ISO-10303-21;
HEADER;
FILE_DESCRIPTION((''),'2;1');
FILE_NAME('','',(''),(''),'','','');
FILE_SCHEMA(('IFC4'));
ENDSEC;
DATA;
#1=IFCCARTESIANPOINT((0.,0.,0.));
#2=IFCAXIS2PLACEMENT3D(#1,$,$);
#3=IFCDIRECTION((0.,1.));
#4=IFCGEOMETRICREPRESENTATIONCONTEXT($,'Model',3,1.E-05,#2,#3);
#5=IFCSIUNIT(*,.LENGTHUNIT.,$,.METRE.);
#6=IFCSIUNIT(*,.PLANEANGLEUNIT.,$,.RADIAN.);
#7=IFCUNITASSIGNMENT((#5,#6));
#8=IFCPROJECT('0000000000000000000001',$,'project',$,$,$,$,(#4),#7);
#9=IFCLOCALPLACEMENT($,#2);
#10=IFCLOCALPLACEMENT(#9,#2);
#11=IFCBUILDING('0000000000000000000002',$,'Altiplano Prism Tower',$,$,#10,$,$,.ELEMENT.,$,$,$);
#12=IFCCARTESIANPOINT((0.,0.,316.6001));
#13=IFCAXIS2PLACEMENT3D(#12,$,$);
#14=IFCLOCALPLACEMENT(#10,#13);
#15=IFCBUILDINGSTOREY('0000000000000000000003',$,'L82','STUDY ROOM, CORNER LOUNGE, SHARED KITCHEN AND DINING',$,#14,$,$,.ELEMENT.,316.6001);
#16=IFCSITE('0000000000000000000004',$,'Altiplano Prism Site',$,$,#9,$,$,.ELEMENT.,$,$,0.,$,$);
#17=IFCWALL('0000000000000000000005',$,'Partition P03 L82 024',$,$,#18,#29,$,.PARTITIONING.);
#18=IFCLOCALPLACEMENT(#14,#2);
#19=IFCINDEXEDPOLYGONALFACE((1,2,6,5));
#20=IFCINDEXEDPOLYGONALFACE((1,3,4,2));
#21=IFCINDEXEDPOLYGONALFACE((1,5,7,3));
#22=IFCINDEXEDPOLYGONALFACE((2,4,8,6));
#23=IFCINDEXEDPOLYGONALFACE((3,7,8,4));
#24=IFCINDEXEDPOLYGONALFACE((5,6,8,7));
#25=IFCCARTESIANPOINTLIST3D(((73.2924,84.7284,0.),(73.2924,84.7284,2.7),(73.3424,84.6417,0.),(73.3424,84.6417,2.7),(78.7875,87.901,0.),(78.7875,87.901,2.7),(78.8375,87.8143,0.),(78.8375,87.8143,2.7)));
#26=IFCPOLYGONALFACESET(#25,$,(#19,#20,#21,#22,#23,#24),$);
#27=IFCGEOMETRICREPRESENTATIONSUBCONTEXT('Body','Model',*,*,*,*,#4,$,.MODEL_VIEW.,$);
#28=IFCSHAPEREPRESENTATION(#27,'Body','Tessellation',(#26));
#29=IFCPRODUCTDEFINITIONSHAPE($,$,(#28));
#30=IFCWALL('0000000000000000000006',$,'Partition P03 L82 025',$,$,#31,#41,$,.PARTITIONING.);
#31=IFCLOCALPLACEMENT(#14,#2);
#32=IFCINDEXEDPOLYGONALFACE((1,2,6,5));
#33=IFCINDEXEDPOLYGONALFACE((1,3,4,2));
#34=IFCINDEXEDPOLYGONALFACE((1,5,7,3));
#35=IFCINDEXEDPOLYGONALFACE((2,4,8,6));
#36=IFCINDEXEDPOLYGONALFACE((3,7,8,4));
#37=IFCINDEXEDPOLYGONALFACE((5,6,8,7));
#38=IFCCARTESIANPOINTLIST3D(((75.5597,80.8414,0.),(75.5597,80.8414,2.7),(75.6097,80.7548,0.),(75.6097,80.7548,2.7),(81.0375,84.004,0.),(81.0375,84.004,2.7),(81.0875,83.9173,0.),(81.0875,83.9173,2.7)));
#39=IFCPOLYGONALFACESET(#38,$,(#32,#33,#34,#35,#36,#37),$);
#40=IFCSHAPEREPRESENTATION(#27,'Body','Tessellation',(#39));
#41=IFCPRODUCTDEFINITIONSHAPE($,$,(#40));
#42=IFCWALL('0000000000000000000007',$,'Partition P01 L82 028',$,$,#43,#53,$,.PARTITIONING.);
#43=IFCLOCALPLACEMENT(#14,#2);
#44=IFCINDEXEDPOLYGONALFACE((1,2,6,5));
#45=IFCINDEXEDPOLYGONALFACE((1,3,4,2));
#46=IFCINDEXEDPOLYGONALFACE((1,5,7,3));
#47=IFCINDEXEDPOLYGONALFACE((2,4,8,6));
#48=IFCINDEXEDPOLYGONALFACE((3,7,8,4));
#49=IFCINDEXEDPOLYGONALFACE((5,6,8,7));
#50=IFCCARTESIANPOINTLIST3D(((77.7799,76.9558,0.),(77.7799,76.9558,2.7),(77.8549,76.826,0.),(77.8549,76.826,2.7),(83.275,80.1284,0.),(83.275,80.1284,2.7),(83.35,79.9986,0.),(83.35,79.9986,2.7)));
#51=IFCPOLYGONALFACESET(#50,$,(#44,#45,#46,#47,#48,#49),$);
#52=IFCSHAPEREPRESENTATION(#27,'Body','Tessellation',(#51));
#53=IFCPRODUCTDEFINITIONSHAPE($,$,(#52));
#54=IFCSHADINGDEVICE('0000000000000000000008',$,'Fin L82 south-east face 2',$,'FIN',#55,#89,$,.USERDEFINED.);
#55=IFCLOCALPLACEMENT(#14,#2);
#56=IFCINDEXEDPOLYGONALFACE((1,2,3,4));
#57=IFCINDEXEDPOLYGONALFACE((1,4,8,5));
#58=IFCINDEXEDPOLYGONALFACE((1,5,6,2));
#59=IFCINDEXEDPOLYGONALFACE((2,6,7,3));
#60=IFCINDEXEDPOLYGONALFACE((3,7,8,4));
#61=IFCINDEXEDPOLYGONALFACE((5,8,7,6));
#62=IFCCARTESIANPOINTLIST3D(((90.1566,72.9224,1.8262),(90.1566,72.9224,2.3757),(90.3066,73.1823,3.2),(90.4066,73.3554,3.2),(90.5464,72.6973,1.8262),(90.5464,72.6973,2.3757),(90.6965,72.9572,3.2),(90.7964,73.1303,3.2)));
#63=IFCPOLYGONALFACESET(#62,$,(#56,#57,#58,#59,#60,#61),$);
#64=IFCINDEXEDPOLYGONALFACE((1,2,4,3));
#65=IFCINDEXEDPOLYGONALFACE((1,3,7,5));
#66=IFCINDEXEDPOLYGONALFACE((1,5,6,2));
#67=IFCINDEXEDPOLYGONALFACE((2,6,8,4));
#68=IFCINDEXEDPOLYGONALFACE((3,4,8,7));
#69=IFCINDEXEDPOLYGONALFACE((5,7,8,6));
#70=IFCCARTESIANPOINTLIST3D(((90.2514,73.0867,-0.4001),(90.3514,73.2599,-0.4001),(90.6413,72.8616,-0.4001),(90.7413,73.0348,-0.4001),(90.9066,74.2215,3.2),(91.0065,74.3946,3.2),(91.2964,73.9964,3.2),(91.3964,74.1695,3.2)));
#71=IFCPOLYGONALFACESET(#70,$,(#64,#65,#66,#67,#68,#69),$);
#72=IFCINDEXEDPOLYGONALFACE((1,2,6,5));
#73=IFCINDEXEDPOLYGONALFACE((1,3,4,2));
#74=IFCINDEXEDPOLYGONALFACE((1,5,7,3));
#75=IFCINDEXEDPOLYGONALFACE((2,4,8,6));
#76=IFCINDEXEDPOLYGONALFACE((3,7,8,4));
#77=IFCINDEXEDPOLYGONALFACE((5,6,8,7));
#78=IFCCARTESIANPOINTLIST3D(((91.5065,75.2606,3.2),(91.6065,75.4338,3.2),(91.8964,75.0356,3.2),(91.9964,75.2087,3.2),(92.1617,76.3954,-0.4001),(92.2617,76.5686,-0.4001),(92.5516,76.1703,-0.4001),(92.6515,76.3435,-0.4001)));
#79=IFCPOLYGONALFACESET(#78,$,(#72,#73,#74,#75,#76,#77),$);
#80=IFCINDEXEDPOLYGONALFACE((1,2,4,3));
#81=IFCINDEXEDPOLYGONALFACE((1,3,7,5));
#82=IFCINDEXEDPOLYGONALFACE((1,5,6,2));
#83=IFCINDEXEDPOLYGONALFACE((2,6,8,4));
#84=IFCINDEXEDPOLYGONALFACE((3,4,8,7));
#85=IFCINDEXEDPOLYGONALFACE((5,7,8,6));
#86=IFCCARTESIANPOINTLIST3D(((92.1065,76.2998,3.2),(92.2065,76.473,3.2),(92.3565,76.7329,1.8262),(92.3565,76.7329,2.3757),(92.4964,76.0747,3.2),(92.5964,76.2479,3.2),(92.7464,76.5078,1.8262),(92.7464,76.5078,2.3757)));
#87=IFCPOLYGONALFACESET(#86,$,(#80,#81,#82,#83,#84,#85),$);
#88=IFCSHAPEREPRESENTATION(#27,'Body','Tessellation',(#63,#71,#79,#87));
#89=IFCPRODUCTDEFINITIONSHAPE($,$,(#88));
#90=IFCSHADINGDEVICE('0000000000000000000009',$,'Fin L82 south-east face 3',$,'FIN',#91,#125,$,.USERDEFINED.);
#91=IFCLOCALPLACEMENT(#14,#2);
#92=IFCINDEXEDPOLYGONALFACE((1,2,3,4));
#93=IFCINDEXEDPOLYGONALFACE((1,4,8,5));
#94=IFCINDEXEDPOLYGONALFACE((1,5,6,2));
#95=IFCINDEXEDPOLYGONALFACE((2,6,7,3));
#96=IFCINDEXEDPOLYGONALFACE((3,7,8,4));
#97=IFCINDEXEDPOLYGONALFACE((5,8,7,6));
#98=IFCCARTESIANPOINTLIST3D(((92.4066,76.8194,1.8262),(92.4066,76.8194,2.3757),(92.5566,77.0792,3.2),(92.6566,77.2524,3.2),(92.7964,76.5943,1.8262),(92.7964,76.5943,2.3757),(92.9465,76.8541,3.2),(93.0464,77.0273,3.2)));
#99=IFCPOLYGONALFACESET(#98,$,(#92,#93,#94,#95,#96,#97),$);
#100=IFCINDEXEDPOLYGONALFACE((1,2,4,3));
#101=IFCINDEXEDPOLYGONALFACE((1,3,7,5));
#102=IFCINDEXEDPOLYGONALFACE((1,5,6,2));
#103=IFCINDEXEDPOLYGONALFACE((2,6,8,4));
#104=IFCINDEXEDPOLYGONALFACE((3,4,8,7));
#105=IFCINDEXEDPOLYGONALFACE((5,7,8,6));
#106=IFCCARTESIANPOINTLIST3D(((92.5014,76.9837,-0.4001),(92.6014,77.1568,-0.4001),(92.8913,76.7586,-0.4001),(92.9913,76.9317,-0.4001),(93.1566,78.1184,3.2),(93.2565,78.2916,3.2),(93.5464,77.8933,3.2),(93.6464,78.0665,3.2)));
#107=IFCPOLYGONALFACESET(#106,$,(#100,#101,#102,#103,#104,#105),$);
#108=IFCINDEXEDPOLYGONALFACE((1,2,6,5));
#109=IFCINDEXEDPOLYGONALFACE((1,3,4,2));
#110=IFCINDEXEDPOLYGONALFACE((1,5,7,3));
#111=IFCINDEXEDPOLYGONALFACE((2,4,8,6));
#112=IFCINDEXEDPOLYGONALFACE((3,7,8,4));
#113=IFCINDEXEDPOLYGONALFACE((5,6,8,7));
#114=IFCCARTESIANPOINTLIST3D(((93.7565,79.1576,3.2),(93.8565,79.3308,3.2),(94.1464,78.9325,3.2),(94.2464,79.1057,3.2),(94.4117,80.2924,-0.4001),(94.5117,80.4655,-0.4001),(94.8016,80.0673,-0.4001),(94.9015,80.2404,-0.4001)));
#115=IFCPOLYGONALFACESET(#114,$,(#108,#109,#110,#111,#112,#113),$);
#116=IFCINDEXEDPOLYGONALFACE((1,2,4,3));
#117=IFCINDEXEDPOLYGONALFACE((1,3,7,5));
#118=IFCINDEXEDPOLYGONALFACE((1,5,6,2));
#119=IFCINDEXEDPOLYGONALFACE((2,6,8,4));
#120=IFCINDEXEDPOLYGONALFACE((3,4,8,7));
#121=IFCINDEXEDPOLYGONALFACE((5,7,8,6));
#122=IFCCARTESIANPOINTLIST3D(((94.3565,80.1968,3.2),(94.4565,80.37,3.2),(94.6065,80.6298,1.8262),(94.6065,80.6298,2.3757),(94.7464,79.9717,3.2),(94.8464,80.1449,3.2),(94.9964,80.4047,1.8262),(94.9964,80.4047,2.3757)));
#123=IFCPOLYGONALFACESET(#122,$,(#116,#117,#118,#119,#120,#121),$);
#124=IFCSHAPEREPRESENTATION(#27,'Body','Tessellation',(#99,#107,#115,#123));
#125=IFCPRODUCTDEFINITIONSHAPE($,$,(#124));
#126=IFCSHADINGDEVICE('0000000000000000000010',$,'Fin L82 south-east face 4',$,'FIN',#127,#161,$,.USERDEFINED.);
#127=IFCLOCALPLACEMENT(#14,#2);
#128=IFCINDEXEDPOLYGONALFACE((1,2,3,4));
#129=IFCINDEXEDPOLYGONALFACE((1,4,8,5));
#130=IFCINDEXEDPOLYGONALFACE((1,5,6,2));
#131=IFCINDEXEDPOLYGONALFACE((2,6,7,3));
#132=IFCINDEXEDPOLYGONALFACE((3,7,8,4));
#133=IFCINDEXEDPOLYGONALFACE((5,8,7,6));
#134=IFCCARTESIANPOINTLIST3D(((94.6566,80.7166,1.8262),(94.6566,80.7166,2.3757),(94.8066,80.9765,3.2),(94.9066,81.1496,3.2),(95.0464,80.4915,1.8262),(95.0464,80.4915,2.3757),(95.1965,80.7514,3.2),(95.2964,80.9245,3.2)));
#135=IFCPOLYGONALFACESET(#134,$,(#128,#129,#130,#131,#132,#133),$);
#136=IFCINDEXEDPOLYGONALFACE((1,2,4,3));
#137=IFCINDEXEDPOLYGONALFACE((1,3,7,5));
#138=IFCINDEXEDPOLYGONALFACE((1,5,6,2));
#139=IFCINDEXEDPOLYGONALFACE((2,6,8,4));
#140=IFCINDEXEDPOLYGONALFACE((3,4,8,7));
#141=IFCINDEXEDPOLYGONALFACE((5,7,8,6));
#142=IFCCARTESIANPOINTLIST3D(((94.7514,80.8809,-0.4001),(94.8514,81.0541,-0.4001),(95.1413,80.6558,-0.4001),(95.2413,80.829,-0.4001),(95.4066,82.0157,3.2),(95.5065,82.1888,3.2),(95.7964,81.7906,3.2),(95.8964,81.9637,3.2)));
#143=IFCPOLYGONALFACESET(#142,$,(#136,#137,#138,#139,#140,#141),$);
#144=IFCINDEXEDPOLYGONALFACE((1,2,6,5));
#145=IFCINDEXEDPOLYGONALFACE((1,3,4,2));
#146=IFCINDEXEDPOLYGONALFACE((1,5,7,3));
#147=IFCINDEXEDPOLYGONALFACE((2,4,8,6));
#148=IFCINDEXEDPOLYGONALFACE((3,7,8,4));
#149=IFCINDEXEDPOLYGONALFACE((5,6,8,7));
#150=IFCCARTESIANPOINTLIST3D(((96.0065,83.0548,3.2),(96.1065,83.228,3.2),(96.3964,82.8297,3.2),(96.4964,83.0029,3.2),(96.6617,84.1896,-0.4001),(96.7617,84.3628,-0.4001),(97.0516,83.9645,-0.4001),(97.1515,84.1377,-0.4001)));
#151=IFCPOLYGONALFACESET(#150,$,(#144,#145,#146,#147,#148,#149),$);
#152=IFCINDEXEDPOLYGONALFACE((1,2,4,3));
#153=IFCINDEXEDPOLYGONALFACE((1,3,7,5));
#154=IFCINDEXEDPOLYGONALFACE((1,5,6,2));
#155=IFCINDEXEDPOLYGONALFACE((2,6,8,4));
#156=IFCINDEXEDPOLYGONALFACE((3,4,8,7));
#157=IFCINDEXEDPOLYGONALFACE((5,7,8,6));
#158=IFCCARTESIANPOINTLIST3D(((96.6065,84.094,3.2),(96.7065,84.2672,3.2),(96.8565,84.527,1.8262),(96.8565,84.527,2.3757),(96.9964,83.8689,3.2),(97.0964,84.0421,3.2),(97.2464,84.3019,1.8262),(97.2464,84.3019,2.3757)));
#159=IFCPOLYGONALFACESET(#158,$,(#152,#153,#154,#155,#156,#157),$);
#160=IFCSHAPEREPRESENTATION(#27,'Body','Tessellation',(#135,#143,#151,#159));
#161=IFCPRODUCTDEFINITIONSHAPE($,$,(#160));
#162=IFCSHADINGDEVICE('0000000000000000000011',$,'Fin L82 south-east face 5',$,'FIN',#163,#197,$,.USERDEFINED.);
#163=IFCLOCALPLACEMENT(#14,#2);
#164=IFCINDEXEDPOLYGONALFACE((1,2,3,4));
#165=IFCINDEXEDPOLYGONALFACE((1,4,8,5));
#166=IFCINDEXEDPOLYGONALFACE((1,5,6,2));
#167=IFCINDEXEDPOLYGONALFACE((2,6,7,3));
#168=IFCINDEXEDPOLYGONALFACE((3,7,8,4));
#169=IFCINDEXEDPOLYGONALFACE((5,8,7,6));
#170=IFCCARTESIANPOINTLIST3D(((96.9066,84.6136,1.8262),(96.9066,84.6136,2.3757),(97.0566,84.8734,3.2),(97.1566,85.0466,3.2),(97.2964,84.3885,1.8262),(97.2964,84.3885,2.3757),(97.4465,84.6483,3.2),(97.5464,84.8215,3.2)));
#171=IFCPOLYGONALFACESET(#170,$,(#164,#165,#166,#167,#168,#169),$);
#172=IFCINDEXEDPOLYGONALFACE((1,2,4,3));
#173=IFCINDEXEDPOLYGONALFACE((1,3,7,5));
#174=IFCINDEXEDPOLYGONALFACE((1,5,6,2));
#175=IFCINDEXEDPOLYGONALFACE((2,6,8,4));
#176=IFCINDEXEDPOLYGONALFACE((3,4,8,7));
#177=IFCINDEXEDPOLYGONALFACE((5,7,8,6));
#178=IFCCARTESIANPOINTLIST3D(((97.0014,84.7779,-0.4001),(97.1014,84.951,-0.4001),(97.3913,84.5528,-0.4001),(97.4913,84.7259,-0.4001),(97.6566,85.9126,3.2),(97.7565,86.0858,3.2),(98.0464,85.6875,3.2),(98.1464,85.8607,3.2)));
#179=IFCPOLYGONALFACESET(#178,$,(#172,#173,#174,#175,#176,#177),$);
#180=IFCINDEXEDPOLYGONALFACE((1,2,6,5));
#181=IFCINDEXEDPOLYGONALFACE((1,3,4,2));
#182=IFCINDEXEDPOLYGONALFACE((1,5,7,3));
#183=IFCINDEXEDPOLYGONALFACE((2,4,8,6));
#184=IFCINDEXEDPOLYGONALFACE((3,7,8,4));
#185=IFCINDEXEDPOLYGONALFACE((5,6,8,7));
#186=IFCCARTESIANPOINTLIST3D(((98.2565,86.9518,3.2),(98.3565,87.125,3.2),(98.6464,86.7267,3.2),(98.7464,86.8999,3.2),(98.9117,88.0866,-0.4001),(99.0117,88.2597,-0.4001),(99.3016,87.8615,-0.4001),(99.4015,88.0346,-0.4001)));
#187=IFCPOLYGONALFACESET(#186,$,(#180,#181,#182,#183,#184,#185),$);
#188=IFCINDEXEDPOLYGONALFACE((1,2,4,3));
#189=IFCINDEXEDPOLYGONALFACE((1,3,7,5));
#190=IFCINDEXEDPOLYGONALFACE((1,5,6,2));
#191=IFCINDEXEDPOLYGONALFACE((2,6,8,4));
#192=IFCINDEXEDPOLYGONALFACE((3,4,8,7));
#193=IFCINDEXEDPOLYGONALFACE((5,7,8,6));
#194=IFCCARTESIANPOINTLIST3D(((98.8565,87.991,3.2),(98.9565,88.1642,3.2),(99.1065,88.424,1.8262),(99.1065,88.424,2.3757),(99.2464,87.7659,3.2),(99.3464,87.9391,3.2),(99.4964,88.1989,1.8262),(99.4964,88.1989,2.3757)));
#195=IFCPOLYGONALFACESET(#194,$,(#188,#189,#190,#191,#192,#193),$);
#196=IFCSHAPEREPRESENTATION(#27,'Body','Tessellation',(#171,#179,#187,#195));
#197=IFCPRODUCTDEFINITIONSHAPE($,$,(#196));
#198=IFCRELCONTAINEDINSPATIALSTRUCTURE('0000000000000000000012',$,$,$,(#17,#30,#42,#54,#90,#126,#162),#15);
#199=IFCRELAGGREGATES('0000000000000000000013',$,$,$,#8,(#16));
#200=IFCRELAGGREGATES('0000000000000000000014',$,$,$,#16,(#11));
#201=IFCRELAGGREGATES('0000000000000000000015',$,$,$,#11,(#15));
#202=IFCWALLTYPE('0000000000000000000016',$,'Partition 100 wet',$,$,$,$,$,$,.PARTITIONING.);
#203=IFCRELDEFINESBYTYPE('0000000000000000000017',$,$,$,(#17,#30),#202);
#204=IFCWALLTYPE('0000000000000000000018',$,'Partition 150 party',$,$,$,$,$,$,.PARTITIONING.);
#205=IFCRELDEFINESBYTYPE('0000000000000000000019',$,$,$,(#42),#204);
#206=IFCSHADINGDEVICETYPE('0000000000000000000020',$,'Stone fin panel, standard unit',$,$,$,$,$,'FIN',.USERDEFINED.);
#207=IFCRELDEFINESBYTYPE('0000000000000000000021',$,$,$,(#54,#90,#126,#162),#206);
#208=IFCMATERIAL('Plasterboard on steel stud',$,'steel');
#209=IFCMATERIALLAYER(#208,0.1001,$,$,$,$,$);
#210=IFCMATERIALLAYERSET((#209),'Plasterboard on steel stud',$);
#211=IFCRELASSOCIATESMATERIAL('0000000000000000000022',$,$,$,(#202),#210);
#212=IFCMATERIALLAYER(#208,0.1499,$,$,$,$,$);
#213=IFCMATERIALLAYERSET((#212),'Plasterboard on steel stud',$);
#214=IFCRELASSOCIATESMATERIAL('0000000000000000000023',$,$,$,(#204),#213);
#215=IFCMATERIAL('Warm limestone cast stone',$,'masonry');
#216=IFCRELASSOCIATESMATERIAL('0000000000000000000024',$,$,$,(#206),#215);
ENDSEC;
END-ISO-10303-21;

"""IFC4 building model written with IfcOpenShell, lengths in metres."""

from ifc_helpers import new_model, si_unit, direction, frame, frame_2d, origin, place, context, subcontext, project, spatial, polyline, rectangle, outline, extrude, source, transform, mapped, material, layer, layer_set, type_object, element, save


model = new_model("IFC4")

# Units and contexts
model_context = context("Model", 3, precision=1e-05, world=origin(), true_north=direction((0.0, 1.0)))
body_context = subcontext(model_context, "Body", "Model", "MODEL_VIEW")
ifc_project = project(units=[si_unit("LENGTHUNIT", "METRE"), si_unit("PLANEANGLEUNIT", "RADIAN")], contexts=[model_context])

# Site, building, storey
site_placement = place(None, origin())
site = spatial("IfcSite", under=ifc_project, at=site_placement, Name="Altiplano Prism Site", CompositionType="ELEMENT", RefElevation=0.0)
building_placement = place(site_placement, origin())
building = spatial("IfcBuilding", under=site, at=building_placement, Name="Altiplano Prism Tower", CompositionType="ELEMENT")
storey_placement = place(building_placement, frame((0.0, 0.0, 316.6001)))
storey = spatial("IfcBuildingStorey", under=building, at=storey_placement, Name="L82", Description="STUDY ROOM, CORNER LOUNGE, SHARED KITCHEN AND DINING", CompositionType="ELEMENT", Elevation=316.6001)

# Walls
ifc_material_1 = material(Name="Plasterboard on steel stud", Category="steel")
ifc_layer_1 = layer(ifc_material_1, 0.1001)
ifc_layer_set_1 = layer_set([ifc_layer_1], Name="Plasterboard on steel stud")
wall_type_1 = type_object("IfcWallType", Name="Partition 100 wet", PredefinedType="PARTITIONING", material=ifc_layer_set_1)
wall_1_placement = place(storey_placement, frame((73.3174, 84.6851, 0.0), z_axis=(0.0, 0.0, 1.0), x_axis=(0.866025, 0.5, 0.0)))
element("IfcWall", 1, at=wall_1_placement, inside=storey, type_object=wall_type_1, Name="Partition P03 L82 024", PredefinedType="PARTITIONING", context=body_context, shape_type="SweptSolid", body=[
    extrude(rectangle(XDim=6.3452, YDim=0.1001, at=frame_2d((3.1726, 0.0))), origin(), (0.0, 0.0, 1.0), 2.7),
])
wall_2_placement = place(storey_placement, frame((75.5847, 80.7981, 0.0), z_axis=(0.0, 0.0, 1.0), x_axis=(0.866026, 0.5, 0.0)))
element("IfcWall", 2, at=wall_2_placement, inside=storey, type_object=wall_type_1, Name="Partition P03 L82 025", PredefinedType="PARTITIONING", context=body_context, shape_type="SweptSolid", body=[
    extrude(rectangle(XDim=6.3252, YDim=0.1001, at=frame_2d((3.1626, 0.0))), origin(), (0.0, 0.0, 1.0), 2.7),
])
ifc_layer_2 = layer(ifc_material_1, 0.1499)
ifc_layer_set_2 = layer_set([ifc_layer_2], Name="Plasterboard on steel stud")
wall_type_2 = type_object("IfcWallType", Name="Partition 150 party", PredefinedType="PARTITIONING", material=ifc_layer_set_2)
wall_3_placement = place(storey_placement, frame((77.8174, 76.8909, 0.0), z_axis=(0.0, 0.0, 1.0), x_axis=(0.866025, 0.5, 0.0)))
element("IfcWall", 3, at=wall_3_placement, inside=storey, type_object=wall_type_2, Name="Partition P01 L82 028", PredefinedType="PARTITIONING", context=body_context, shape_type="SweptSolid", body=[
    extrude(rectangle(XDim=6.3452, YDim=0.1499, at=frame_2d((3.1726, 0.0))), origin(), (0.0, 0.0, 1.0), 2.7),
])

# Shading devices
ifc_material_2 = material(Name="Warm limestone cast stone", Category="masonry")
shading_device_type_1 = type_object("IfcShadingDeviceType", Name="Stone fin panel, standard unit", ElementType="FIN", PredefinedType="USERDEFINED", material=ifc_material_2)
shared_shape_1 = source(origin(), body_context, "Body", "SweptSolid", [
    extrude(outline(polyline([(-2.2, 2.2263), (-1.7, 3.6001), (-1.8999, 3.6001), (-2.2, 2.7759), (-2.2, 2.2263)])), frame((0.0, -0.1499, 0.0), z_axis=(0.0, -1.0, 0.0), x_axis=(1.0, 0.0, 0.0)), (0.0, 0.0, 1.0), 0.4502),
    extrude(outline(polyline([(-2.0103, 0.0), (-1.8103, 0.0), (-0.5, 3.6001), (-0.7, 3.6001), (-2.0103, 0.0)])), frame((0.0, -0.1499, 0.0), z_axis=(0.0, -1.0, 0.0), x_axis=(1.0, 0.0, 0.0)), (0.0, 0.0, 1.0), 0.4502),
    extrude(outline(polyline([(1.8103, 0.0), (2.0103, 0.0), (0.7, 3.6001), (0.5, 3.6001), (1.8103, 0.0)])), frame((0.0, -0.1499, 0.0), z_axis=(0.0, -1.0, 0.0), x_axis=(1.0, 0.0, 0.0)), (0.0, 0.0, 1.0), 0.4502),
    extrude(outline(polyline([(2.2, 2.7759), (1.8999, 3.6001), (1.7, 3.6001), (2.2, 2.2263), (2.2, 2.7759)])), frame((0.0, -0.1499, 0.0), z_axis=(0.0, -1.0, 0.0), x_axis=(1.0, 0.0, 0.0)), (0.0, 0.0, 1.0), 0.4502),
])
shading_device_1_placement = place(storey_placement, origin())
element("IfcShadingDevice", 4, at=shading_device_1_placement, inside=storey, type_object=shading_device_type_1, Name="Fin L82 south-east face 2", ObjectType="FIN", PredefinedType="USERDEFINED", context=body_context, shape_type="MappedRepresentation", body=[
    mapped(shared_shape_1, transform((91.1267, 74.9026, -0.4001), x_axis=(0.5, 0.866025, 0.0), y_axis=(-0.866025, 0.5, 0.0), z_axis=(0.0, 0.0, 1.0))),
])
shading_device_2_placement = place(storey_placement, origin())
element("IfcShadingDevice", 5, at=shading_device_2_placement, inside=storey, type_object=shading_device_type_1, Name="Fin L82 south-east face 3", ObjectType="FIN", PredefinedType="USERDEFINED", context=body_context, shape_type="MappedRepresentation", body=[
    mapped(shared_shape_1, transform((93.3767, 78.7996, -0.4001), x_axis=(0.5, 0.866025, 0.0), y_axis=(-0.866025, 0.5, 0.0), z_axis=(0.0, 0.0, 1.0))),
])
shading_device_3_placement = place(storey_placement, origin())
element("IfcShadingDevice", 6, at=shading_device_3_placement, inside=storey, type_object=shading_device_type_1, Name="Fin L82 south-east face 4", ObjectType="FIN", PredefinedType="USERDEFINED", context=body_context, shape_type="MappedRepresentation", body=[
    mapped(shared_shape_1, transform((95.6267, 82.6968, -0.4001), x_axis=(0.5, 0.866025, 0.0), y_axis=(-0.866025, 0.5, 0.0), z_axis=(0.0, 0.0, 1.0))),
])
shading_device_4_placement = place(storey_placement, origin())
element("IfcShadingDevice", 7, at=shading_device_4_placement, inside=storey, type_object=shading_device_type_1, Name="Fin L82 south-east face 5", ObjectType="FIN", PredefinedType="USERDEFINED", context=body_context, shape_type="MappedRepresentation", body=[
    mapped(shared_shape_1, transform((97.8767, 86.5938, -0.4001), x_axis=(0.5, 0.866025, 0.0), y_axis=(-0.866025, 0.5, 0.0), z_axis=(0.0, 0.0, 1.0))),
])

save(model, "model.ifc")
